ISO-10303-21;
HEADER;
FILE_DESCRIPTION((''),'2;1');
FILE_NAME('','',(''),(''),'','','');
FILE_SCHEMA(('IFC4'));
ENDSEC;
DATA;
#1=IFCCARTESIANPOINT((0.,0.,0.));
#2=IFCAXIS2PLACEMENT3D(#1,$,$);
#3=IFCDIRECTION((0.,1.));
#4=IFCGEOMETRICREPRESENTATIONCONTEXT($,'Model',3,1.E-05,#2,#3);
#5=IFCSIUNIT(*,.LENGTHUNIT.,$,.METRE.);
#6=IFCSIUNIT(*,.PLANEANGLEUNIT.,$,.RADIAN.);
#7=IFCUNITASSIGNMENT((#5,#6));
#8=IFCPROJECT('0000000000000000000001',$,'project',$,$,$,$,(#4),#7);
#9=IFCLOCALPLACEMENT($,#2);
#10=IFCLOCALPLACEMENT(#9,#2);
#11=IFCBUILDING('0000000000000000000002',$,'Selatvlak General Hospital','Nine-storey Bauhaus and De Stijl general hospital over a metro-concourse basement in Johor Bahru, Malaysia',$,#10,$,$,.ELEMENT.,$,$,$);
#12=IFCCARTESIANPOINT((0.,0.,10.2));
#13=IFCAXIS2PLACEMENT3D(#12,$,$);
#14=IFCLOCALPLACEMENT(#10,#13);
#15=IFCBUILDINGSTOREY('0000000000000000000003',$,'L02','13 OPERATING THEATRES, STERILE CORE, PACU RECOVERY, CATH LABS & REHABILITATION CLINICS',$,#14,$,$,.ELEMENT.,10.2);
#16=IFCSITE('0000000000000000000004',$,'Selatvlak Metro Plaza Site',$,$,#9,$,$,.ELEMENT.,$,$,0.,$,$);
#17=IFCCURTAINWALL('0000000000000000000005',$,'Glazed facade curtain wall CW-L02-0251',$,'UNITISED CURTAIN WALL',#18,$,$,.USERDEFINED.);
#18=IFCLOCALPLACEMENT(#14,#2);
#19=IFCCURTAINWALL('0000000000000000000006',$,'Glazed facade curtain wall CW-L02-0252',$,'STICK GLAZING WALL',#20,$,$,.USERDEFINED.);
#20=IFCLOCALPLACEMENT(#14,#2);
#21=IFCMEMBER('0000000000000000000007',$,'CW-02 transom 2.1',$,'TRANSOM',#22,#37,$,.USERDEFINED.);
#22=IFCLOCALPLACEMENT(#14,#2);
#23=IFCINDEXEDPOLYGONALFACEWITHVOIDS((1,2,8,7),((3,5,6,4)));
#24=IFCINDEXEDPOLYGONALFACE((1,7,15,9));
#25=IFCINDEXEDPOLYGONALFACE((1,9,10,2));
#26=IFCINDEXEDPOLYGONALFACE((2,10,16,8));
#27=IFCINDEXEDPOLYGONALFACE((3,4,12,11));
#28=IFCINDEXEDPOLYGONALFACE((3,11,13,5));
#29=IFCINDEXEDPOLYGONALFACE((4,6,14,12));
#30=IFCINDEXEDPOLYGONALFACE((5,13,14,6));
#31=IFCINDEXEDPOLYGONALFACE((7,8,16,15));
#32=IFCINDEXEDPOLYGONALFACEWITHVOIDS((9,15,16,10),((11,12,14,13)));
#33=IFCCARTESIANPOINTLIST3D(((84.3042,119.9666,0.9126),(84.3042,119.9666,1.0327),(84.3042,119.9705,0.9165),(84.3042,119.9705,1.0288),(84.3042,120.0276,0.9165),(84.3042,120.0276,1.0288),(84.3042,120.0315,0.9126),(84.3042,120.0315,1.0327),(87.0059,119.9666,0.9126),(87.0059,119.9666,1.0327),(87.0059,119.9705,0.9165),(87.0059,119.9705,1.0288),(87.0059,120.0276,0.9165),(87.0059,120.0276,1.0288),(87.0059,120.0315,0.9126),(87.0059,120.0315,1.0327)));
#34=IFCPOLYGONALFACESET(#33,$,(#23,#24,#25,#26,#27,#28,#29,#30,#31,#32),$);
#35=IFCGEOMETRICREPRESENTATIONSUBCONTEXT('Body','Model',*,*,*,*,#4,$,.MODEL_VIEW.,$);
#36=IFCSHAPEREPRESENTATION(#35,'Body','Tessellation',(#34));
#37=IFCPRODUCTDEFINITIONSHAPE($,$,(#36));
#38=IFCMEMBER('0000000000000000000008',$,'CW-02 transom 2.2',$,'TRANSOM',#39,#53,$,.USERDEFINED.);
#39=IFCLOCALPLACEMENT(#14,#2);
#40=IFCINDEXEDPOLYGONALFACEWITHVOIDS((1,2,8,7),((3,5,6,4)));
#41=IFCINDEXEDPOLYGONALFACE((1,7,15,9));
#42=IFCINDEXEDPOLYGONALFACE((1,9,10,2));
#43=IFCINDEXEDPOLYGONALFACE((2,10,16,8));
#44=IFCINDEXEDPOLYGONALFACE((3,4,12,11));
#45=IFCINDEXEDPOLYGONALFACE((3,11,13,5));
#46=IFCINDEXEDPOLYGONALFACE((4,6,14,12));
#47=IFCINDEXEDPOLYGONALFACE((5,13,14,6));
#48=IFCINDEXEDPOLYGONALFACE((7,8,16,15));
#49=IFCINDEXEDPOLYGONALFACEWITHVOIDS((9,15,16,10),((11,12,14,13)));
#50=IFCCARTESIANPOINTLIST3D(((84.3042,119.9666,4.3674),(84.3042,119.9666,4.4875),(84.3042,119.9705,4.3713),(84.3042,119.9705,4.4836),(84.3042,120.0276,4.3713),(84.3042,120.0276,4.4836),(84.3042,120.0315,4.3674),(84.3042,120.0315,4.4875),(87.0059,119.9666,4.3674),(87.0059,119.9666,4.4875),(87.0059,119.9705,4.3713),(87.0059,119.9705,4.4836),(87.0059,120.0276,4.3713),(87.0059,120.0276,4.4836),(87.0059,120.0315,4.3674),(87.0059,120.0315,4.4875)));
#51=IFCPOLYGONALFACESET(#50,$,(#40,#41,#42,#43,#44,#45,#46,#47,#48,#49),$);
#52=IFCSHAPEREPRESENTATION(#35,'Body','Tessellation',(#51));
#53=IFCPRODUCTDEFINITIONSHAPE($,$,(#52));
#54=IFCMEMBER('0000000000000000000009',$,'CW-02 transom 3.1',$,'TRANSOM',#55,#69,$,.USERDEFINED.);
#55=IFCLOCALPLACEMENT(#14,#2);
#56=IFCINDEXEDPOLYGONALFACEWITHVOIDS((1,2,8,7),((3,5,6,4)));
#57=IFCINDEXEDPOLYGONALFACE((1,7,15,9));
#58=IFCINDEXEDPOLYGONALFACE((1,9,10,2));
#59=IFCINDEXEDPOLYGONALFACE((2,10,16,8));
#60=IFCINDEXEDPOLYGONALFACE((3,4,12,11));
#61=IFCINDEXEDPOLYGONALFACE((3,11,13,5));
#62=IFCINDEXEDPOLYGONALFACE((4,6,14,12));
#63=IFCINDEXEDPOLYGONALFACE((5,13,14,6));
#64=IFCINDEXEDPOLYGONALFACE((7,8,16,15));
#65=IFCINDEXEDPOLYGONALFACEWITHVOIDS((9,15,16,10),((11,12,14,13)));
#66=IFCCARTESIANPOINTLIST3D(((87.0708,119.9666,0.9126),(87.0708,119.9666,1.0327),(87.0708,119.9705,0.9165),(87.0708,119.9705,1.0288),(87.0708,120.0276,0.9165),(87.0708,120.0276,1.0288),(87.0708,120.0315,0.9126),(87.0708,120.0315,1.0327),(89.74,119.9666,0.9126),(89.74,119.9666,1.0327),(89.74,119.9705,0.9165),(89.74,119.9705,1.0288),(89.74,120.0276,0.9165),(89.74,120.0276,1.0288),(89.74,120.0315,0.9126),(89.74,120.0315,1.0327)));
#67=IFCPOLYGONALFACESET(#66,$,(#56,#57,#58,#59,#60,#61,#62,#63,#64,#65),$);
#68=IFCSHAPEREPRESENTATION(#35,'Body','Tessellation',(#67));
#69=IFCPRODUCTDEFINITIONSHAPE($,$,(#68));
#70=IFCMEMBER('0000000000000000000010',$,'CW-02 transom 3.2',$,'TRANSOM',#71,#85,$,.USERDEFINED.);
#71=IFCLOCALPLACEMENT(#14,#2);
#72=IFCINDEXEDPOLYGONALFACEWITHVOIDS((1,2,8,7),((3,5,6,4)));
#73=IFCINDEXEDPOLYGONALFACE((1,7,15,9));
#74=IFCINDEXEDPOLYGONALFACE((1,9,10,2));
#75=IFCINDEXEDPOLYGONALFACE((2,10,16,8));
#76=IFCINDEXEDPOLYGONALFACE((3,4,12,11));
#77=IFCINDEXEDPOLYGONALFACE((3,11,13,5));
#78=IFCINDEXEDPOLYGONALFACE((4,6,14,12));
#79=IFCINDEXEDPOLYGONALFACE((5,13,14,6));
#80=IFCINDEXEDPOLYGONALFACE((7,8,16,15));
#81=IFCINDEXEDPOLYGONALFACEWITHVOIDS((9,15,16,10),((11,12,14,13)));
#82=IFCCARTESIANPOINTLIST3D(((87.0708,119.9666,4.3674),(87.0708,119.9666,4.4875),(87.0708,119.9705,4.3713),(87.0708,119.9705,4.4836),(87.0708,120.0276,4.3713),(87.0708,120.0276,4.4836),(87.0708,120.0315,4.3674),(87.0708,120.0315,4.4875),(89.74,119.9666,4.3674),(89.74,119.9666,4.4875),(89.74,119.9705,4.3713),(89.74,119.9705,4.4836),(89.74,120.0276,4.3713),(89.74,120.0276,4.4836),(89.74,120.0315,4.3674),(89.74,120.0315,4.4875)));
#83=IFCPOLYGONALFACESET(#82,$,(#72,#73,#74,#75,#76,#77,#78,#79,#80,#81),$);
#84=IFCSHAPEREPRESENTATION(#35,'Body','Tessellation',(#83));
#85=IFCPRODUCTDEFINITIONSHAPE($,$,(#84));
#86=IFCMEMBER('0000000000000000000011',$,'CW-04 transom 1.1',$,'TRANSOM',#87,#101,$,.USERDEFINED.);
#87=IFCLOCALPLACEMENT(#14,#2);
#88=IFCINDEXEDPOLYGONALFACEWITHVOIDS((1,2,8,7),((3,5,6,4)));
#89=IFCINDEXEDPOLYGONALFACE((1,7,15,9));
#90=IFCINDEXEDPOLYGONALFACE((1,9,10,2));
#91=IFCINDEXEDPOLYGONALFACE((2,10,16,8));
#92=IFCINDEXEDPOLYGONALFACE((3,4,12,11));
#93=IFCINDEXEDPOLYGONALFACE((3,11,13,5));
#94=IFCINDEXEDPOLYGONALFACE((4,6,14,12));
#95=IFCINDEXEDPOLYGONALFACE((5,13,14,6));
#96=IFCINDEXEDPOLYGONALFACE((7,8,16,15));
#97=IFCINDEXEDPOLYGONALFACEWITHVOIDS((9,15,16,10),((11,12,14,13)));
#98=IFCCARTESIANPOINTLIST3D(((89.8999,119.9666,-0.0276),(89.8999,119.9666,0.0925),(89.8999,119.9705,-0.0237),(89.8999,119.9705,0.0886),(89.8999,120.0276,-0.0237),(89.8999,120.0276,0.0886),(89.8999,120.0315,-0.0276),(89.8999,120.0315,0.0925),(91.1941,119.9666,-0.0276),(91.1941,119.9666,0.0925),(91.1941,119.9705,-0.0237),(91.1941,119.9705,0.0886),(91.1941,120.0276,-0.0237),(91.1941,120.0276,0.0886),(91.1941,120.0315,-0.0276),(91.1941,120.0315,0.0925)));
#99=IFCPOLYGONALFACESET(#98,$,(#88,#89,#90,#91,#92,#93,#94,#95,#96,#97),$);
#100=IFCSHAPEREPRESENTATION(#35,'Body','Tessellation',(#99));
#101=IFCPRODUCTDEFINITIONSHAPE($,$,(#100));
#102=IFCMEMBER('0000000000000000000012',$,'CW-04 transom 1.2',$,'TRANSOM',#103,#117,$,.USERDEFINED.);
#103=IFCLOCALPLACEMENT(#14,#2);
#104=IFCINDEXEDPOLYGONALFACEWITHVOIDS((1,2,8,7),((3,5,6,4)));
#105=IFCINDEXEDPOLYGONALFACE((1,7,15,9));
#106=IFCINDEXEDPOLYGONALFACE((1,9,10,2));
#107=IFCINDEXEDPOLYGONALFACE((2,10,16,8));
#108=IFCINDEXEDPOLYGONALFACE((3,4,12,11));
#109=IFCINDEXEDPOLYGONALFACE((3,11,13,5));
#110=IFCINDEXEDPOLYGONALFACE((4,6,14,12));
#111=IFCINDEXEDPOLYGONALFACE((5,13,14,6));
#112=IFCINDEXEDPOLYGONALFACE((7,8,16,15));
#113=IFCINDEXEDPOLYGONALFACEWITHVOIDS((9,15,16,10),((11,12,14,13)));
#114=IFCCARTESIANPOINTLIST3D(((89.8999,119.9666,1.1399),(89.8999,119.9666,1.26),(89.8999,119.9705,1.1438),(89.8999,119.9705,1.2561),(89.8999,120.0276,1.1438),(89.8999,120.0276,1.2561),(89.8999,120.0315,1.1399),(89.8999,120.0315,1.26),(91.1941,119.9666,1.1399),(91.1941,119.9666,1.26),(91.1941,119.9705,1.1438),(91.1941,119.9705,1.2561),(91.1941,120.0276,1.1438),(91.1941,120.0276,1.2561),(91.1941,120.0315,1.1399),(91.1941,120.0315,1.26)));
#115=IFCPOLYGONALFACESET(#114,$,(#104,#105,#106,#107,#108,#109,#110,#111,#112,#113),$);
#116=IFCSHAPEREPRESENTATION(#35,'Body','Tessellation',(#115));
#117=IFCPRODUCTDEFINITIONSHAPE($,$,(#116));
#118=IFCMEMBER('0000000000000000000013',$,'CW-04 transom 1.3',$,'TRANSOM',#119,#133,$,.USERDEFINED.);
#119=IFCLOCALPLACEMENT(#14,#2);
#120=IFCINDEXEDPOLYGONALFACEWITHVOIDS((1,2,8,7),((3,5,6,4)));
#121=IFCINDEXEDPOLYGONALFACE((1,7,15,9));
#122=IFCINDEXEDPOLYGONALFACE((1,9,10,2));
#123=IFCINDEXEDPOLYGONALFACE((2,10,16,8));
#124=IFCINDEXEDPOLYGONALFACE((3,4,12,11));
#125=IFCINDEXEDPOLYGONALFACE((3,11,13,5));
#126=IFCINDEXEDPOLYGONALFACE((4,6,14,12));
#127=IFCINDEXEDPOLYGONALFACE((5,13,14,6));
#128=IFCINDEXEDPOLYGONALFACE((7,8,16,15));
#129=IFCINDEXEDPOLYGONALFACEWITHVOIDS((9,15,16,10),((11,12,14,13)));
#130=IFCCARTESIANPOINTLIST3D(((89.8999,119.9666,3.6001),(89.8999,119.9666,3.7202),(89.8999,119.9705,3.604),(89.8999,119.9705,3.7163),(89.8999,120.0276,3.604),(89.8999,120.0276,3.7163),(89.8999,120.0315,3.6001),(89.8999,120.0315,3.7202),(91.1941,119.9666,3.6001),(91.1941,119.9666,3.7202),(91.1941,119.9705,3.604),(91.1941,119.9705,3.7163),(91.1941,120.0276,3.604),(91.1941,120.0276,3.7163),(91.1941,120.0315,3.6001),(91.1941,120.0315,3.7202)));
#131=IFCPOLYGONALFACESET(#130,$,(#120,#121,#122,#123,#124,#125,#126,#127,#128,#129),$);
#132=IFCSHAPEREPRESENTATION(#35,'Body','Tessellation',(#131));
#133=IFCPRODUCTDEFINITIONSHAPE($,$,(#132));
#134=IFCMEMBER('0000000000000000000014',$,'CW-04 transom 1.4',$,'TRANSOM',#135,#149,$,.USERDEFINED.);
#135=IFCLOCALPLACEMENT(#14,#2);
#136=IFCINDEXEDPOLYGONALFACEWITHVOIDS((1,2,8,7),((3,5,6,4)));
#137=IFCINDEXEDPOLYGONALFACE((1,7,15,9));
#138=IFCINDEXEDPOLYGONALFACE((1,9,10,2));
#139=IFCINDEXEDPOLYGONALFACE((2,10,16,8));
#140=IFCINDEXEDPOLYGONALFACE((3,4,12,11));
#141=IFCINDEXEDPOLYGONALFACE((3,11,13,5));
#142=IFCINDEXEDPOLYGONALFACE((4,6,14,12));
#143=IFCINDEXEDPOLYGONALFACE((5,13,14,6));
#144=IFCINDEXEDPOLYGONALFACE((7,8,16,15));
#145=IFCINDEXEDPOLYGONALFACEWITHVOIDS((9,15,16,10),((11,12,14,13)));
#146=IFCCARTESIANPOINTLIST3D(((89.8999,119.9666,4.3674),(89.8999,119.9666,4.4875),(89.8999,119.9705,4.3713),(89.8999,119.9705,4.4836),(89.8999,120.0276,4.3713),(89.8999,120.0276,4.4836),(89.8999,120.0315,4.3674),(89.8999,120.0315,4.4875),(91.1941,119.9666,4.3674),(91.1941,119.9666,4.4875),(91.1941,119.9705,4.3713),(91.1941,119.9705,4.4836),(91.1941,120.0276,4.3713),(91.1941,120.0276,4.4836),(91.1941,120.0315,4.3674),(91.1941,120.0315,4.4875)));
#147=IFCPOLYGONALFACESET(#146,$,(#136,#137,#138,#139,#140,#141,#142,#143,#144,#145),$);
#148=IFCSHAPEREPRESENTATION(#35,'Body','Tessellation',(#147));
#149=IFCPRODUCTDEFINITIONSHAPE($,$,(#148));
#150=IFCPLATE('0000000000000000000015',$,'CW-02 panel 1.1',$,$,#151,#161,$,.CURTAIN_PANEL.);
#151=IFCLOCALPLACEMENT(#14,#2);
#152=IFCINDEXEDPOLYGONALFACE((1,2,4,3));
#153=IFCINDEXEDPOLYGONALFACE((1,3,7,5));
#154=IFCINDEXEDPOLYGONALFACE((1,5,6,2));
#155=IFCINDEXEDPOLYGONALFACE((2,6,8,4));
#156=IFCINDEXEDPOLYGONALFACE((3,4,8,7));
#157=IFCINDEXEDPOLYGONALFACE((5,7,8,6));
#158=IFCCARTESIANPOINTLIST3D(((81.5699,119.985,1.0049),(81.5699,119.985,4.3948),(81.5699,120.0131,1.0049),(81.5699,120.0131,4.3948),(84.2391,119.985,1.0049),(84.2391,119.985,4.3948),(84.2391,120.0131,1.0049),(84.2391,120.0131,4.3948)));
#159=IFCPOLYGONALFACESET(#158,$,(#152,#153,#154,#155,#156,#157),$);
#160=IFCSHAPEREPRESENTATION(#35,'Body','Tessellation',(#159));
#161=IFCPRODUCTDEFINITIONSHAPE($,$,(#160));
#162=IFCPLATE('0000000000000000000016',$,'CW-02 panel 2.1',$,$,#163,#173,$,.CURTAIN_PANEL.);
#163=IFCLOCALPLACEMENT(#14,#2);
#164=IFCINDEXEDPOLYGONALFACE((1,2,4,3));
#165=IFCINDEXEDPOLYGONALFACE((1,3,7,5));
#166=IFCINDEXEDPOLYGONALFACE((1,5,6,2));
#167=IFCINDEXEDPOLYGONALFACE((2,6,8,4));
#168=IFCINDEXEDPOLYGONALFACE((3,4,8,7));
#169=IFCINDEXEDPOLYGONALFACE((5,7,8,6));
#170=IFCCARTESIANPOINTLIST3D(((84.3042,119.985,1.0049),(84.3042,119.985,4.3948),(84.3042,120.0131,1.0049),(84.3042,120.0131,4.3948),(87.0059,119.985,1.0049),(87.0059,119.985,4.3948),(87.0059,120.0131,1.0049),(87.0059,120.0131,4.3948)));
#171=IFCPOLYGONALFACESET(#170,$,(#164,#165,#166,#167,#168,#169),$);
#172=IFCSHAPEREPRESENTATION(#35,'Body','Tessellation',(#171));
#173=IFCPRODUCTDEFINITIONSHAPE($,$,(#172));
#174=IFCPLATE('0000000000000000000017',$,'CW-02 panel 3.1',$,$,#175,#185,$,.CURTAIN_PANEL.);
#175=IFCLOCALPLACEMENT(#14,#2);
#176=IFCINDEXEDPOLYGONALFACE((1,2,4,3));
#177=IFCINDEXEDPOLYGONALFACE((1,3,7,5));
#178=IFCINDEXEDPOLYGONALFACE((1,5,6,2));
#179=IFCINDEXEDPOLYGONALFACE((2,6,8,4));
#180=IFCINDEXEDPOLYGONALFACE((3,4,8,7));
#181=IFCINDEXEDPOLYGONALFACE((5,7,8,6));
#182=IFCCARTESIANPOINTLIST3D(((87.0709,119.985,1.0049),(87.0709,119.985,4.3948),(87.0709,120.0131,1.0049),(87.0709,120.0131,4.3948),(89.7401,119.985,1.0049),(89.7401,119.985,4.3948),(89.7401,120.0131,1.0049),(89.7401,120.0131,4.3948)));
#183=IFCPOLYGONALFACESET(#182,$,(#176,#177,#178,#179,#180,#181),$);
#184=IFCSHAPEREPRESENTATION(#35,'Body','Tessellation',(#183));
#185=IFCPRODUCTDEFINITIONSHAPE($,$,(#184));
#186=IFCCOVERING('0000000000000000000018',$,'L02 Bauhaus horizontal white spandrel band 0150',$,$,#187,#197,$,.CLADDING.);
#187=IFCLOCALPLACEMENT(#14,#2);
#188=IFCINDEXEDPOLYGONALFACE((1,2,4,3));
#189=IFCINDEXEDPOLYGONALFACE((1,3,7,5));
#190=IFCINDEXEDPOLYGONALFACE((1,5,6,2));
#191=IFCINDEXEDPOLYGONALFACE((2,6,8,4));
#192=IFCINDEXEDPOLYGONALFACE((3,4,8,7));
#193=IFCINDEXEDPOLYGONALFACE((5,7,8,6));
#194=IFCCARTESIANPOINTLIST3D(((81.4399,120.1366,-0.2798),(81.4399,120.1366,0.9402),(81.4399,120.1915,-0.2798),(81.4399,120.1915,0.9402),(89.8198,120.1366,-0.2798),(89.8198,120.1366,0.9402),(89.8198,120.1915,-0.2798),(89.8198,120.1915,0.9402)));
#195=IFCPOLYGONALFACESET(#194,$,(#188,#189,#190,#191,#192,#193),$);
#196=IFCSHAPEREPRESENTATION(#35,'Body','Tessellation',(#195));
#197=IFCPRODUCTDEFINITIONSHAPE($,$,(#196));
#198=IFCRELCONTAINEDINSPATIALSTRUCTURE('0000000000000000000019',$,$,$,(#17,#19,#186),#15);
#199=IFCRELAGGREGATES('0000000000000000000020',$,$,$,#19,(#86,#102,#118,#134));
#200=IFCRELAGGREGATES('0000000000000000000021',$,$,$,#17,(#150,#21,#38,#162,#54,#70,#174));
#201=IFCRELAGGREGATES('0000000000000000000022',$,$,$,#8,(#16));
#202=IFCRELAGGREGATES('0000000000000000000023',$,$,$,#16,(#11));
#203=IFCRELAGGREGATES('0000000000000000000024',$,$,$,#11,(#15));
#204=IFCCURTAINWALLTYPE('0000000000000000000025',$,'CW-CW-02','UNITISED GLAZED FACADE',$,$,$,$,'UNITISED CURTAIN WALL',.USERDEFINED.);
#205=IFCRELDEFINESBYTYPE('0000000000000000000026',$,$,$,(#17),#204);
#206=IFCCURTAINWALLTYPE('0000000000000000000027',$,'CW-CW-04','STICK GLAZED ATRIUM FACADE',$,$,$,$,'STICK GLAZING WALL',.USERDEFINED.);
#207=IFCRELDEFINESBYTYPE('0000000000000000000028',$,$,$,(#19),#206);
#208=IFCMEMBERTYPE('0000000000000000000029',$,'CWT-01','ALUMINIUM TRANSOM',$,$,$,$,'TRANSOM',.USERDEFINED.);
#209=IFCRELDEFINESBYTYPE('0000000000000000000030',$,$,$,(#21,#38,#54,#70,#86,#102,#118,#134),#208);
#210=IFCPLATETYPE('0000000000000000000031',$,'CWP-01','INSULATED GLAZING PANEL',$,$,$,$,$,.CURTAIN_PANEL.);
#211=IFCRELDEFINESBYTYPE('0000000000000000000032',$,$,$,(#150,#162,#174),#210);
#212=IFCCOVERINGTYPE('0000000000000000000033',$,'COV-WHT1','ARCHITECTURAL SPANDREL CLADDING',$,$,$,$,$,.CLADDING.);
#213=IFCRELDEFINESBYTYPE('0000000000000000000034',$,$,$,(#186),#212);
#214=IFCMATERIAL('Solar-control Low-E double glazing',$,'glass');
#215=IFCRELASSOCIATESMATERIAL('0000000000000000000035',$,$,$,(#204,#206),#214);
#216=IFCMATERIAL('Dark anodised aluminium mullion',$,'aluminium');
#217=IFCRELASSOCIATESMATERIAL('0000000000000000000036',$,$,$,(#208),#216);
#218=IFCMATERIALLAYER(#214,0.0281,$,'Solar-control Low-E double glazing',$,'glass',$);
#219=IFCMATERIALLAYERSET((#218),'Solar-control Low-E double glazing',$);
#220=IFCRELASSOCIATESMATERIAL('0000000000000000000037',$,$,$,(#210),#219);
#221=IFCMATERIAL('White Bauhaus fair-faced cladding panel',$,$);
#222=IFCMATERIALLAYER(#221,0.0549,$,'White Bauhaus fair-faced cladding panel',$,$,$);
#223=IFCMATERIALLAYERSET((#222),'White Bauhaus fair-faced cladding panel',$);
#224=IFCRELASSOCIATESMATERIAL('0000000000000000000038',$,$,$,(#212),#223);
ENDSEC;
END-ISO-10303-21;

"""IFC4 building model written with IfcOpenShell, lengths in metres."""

from ifc_helpers import new_model, si_unit, direction, frame, origin, origin_2d, place, context, subcontext, project, spatial, rectangle, hollow_rectangle, extrude, material, layer, layer_set, material_profile, profile_set, type_object, element, aggregate, save


model = new_model("IFC4")

# Units and contexts
model_context = context("Model", 3, precision=1e-05, world=origin(), true_north=direction((0.0, 1.0)))
body_context = subcontext(model_context, "Body", "Model", "MODEL_VIEW")
ifc_project = project(units=[si_unit("LENGTHUNIT", "METRE"), si_unit("PLANEANGLEUNIT", "RADIAN")], contexts=[model_context])

# Site, building, storey
site_placement = place(None, origin())
site = spatial("IfcSite", under=ifc_project, at=site_placement, Name="Selatvlak Metro Plaza Site", CompositionType="ELEMENT", RefElevation=0.0)
building_placement = place(site_placement, origin())
building = spatial("IfcBuilding", under=site, at=building_placement, Name="Selatvlak General Hospital", Description="Nine-storey Bauhaus and De Stijl general hospital over a metro-concourse basement in Johor Bahru, Malaysia", CompositionType="ELEMENT")
storey_placement = place(building_placement, frame((0.0, 0.0, 10.2)))
storey = spatial("IfcBuildingStorey", under=building, at=storey_placement, Name="L02", Description="13 OPERATING THEATRES, STERILE CORE, PACU RECOVERY, CATH LABS & REHABILITATION CLINICS", CompositionType="ELEMENT", Elevation=10.2)

# Curtain wall
ifc_material_1 = material(Name="Solar-control Low-E double glazing", Category="glass")
curtain_wall_type_1 = type_object("IfcCurtainWallType", Name="CW-CW-02", Description="UNITISED GLAZED FACADE", ElementType="UNITISED CURTAIN WALL", PredefinedType="USERDEFINED", material=ifc_material_1)
curtain_wall_1_placement = place(storey_placement, origin())
curtain_wall_1 = element("IfcCurtainWall", 1, at=curtain_wall_1_placement, inside=storey, type_object=curtain_wall_type_1, Name="Glazed facade curtain wall CW-L02-0251", ObjectType="UNITISED CURTAIN WALL", PredefinedType="USERDEFINED")
ifc_material_2 = material(Name="Dark anodised aluminium mullion", Category="aluminium")

# Curtain wall
curtain_wall_type_2 = type_object("IfcCurtainWallType", Name="CW-CW-04", Description="STICK GLAZED ATRIUM FACADE", ElementType="STICK GLAZING WALL", PredefinedType="USERDEFINED", material=ifc_material_1)
curtain_wall_2_placement = place(storey_placement, origin())
curtain_wall_2 = element("IfcCurtainWall", 2, at=curtain_wall_2_placement, inside=storey, type_object=curtain_wall_type_2, Name="Glazed facade curtain wall CW-L02-0252", ObjectType="STICK GLAZING WALL", PredefinedType="USERDEFINED")

# Members
ifc_material_profile_1 = material_profile(ifc_material_2, hollow_rectangle(XDim=0.0649, YDim=0.1201, WallThickness=0.0039, at=origin_2d()), Name="AL-TRN 65x120x4")
ifc_profile_set_1 = profile_set([ifc_material_profile_1], Name="Dark anodised aluminium mullion")
member_type_1 = type_object("IfcMemberType", Name="CWT-01", Description="ALUMINIUM TRANSOM", ElementType="TRANSOM", PredefinedType="USERDEFINED", material=ifc_profile_set_1)
member_1_placement = place(storey_placement, frame((84.3042, 119.999, 0.9727), z_axis=(1.0, 0.0, 0.0), x_axis=(0.0, 1.0, 0.0)))
member_1 = element("IfcMember", 3, at=member_1_placement, type_object=member_type_1, Name="CW-02 transom 2.1", ObjectType="TRANSOM", PredefinedType="USERDEFINED", context=body_context, shape_type="SweptSolid", body=[
    extrude(hollow_rectangle(XDim=0.0649, YDim=0.1201, WallThickness=0.0039, at=origin_2d()), origin(), (0.0, 0.0, 1.0), 2.7017),
])
member_2_placement = place(storey_placement, frame((84.3042, 119.999, 4.4275), z_axis=(1.0, 0.0, 0.0), x_axis=(0.0, 1.0, 0.0)))
member_2 = element("IfcMember", 4, at=member_2_placement, type_object=member_type_1, Name="CW-02 transom 2.2", ObjectType="TRANSOM", PredefinedType="USERDEFINED", context=body_context, shape_type="SweptSolid", body=[
    extrude(hollow_rectangle(XDim=0.0649, YDim=0.1201, WallThickness=0.0039, at=origin_2d()), origin(), (0.0, 0.0, 1.0), 2.7017),
])
member_3_placement = place(storey_placement, frame((87.0708, 119.999, 0.9727), z_axis=(1.0, 0.0, 0.0), x_axis=(0.0, 1.0, 0.0)))
member_3 = element("IfcMember", 5, at=member_3_placement, type_object=member_type_1, Name="CW-02 transom 3.1", ObjectType="TRANSOM", PredefinedType="USERDEFINED", context=body_context, shape_type="SweptSolid", body=[
    extrude(hollow_rectangle(XDim=0.0649, YDim=0.1201, WallThickness=0.0039, at=origin_2d()), origin(), (0.0, 0.0, 1.0), 2.6692),
])
member_4_placement = place(storey_placement, frame((87.0708, 119.999, 4.4275), z_axis=(1.0, 0.0, 0.0), x_axis=(0.0, 1.0, 0.0)))
member_4 = element("IfcMember", 6, at=member_4_placement, type_object=member_type_1, Name="CW-02 transom 3.2", ObjectType="TRANSOM", PredefinedType="USERDEFINED", context=body_context, shape_type="SweptSolid", body=[
    extrude(hollow_rectangle(XDim=0.0649, YDim=0.1201, WallThickness=0.0039, at=origin_2d()), origin(), (0.0, 0.0, 1.0), 2.6692),
])
member_5_placement = place(storey_placement, frame((89.8999, 119.999, 0.0325), z_axis=(1.0, 0.0, 0.0), x_axis=(0.0, 1.0, 0.0)))
member_5 = element("IfcMember", 7, at=member_5_placement, type_object=member_type_1, Name="CW-04 transom 1.1", ObjectType="TRANSOM", PredefinedType="USERDEFINED", context=body_context, shape_type="SweptSolid", body=[
    extrude(hollow_rectangle(XDim=0.0649, YDim=0.1201, WallThickness=0.0039, at=origin_2d()), origin(), (0.0, 0.0, 1.0), 1.2942),
])
member_6_placement = place(storey_placement, frame((89.8999, 119.999, 1.2), z_axis=(1.0, 0.0, 0.0), x_axis=(0.0, 1.0, 0.0)))
member_6 = element("IfcMember", 8, at=member_6_placement, type_object=member_type_1, Name="CW-04 transom 1.2", ObjectType="TRANSOM", PredefinedType="USERDEFINED", context=body_context, shape_type="SweptSolid", body=[
    extrude(hollow_rectangle(XDim=0.0649, YDim=0.1201, WallThickness=0.0039, at=origin_2d()), origin(), (0.0, 0.0, 1.0), 1.2942),
])
member_7_placement = place(storey_placement, frame((89.8999, 119.999, 3.6602), z_axis=(1.0, 0.0, 0.0), x_axis=(0.0, 1.0, 0.0)))
member_7 = element("IfcMember", 9, at=member_7_placement, type_object=member_type_1, Name="CW-04 transom 1.3", ObjectType="TRANSOM", PredefinedType="USERDEFINED", context=body_context, shape_type="SweptSolid", body=[
    extrude(hollow_rectangle(XDim=0.0649, YDim=0.1201, WallThickness=0.0039, at=origin_2d()), origin(), (0.0, 0.0, 1.0), 1.2942),
])
member_8_placement = place(storey_placement, frame((89.8999, 119.999, 4.4275), z_axis=(1.0, 0.0, 0.0), x_axis=(0.0, 1.0, 0.0)))
member_8 = element("IfcMember", 10, at=member_8_placement, type_object=member_type_1, Name="CW-04 transom 1.4", ObjectType="TRANSOM", PredefinedType="USERDEFINED", context=body_context, shape_type="SweptSolid", body=[
    extrude(hollow_rectangle(XDim=0.0649, YDim=0.1201, WallThickness=0.0039, at=origin_2d()), origin(), (0.0, 0.0, 1.0), 1.2942),
])
aggregate(curtain_wall_2, [member_5, member_6, member_7, member_8])

# Plates
ifc_layer_1 = layer(ifc_material_1, 0.0281, Name="Solar-control Low-E double glazing", Category="glass")
ifc_layer_set_1 = layer_set([ifc_layer_1], Name="Solar-control Low-E double glazing")
plate_type = type_object("IfcPlateType", Name="CWP-01", Description="INSULATED GLAZING PANEL", PredefinedType="CURTAIN_PANEL", material=ifc_layer_set_1)
plate_1_placement = place(storey_placement, frame((82.9045, 119.999, 1.0049), z_axis=(0.0, 0.0, 1.0), x_axis=(1.0, 0.0, 0.0)))
plate_1 = element("IfcPlate", 11, at=plate_1_placement, type_object=plate_type, Name="CW-02 panel 1.1", PredefinedType="CURTAIN_PANEL", context=body_context, shape_type="SweptSolid", body=[
    extrude(rectangle(XDim=2.6692, YDim=0.0281, at=origin_2d()), origin(), (0.0, 0.0, 1.0), 3.3899),
])
plate_2_placement = place(storey_placement, frame((85.655, 119.999, 1.0049), z_axis=(0.0, 0.0, 1.0), x_axis=(1.0, 0.0, 0.0)))
plate_2 = element("IfcPlate", 12, at=plate_2_placement, type_object=plate_type, Name="CW-02 panel 2.1", PredefinedType="CURTAIN_PANEL", context=body_context, shape_type="SweptSolid", body=[
    extrude(rectangle(XDim=2.7017, YDim=0.0281, at=origin_2d()), origin(), (0.0, 0.0, 1.0), 3.3899),
])
plate_3_placement = place(storey_placement, frame((88.4055, 119.999, 1.0049), z_axis=(0.0, 0.0, 1.0), x_axis=(1.0, 0.0, 0.0)))
plate_3 = element("IfcPlate", 13, at=plate_3_placement, type_object=plate_type, Name="CW-02 panel 3.1", PredefinedType="CURTAIN_PANEL", context=body_context, shape_type="SweptSolid", body=[
    extrude(rectangle(XDim=2.6692, YDim=0.0281, at=origin_2d()), origin(), (0.0, 0.0, 1.0), 3.3899),
])
aggregate(curtain_wall_1, [plate_1, member_1, member_2, plate_2, member_3, member_4, plate_3])

# Covering
ifc_material_3 = material(Name="White Bauhaus fair-faced cladding panel")
ifc_layer_2 = layer(ifc_material_3, 0.0549, Name="White Bauhaus fair-faced cladding panel")
ifc_layer_set_2 = layer_set([ifc_layer_2], Name="White Bauhaus fair-faced cladding panel")
covering_type = type_object("IfcCoveringType", Name="COV-WHT1", Description="ARCHITECTURAL SPANDREL CLADDING", PredefinedType="CLADDING", material=ifc_layer_set_2)
covering_placement = place(storey_placement, frame((85.6299, 120.1641, -0.2798), z_axis=(0.0, 0.0, 1.0), x_axis=(1.0, 0.0, 0.0)))
element("IfcCovering", 14, at=covering_placement, inside=storey, type_object=covering_type, Name="L02 Bauhaus horizontal white spandrel band 0150", PredefinedType="CLADDING", context=body_context, shape_type="SweptSolid", body=[
    extrude(rectangle(XDim=8.3799, YDim=0.0549, at=origin_2d()), origin(), (0.0, 0.0, 1.0), 1.22),
])

save(model, "model.ifc")
